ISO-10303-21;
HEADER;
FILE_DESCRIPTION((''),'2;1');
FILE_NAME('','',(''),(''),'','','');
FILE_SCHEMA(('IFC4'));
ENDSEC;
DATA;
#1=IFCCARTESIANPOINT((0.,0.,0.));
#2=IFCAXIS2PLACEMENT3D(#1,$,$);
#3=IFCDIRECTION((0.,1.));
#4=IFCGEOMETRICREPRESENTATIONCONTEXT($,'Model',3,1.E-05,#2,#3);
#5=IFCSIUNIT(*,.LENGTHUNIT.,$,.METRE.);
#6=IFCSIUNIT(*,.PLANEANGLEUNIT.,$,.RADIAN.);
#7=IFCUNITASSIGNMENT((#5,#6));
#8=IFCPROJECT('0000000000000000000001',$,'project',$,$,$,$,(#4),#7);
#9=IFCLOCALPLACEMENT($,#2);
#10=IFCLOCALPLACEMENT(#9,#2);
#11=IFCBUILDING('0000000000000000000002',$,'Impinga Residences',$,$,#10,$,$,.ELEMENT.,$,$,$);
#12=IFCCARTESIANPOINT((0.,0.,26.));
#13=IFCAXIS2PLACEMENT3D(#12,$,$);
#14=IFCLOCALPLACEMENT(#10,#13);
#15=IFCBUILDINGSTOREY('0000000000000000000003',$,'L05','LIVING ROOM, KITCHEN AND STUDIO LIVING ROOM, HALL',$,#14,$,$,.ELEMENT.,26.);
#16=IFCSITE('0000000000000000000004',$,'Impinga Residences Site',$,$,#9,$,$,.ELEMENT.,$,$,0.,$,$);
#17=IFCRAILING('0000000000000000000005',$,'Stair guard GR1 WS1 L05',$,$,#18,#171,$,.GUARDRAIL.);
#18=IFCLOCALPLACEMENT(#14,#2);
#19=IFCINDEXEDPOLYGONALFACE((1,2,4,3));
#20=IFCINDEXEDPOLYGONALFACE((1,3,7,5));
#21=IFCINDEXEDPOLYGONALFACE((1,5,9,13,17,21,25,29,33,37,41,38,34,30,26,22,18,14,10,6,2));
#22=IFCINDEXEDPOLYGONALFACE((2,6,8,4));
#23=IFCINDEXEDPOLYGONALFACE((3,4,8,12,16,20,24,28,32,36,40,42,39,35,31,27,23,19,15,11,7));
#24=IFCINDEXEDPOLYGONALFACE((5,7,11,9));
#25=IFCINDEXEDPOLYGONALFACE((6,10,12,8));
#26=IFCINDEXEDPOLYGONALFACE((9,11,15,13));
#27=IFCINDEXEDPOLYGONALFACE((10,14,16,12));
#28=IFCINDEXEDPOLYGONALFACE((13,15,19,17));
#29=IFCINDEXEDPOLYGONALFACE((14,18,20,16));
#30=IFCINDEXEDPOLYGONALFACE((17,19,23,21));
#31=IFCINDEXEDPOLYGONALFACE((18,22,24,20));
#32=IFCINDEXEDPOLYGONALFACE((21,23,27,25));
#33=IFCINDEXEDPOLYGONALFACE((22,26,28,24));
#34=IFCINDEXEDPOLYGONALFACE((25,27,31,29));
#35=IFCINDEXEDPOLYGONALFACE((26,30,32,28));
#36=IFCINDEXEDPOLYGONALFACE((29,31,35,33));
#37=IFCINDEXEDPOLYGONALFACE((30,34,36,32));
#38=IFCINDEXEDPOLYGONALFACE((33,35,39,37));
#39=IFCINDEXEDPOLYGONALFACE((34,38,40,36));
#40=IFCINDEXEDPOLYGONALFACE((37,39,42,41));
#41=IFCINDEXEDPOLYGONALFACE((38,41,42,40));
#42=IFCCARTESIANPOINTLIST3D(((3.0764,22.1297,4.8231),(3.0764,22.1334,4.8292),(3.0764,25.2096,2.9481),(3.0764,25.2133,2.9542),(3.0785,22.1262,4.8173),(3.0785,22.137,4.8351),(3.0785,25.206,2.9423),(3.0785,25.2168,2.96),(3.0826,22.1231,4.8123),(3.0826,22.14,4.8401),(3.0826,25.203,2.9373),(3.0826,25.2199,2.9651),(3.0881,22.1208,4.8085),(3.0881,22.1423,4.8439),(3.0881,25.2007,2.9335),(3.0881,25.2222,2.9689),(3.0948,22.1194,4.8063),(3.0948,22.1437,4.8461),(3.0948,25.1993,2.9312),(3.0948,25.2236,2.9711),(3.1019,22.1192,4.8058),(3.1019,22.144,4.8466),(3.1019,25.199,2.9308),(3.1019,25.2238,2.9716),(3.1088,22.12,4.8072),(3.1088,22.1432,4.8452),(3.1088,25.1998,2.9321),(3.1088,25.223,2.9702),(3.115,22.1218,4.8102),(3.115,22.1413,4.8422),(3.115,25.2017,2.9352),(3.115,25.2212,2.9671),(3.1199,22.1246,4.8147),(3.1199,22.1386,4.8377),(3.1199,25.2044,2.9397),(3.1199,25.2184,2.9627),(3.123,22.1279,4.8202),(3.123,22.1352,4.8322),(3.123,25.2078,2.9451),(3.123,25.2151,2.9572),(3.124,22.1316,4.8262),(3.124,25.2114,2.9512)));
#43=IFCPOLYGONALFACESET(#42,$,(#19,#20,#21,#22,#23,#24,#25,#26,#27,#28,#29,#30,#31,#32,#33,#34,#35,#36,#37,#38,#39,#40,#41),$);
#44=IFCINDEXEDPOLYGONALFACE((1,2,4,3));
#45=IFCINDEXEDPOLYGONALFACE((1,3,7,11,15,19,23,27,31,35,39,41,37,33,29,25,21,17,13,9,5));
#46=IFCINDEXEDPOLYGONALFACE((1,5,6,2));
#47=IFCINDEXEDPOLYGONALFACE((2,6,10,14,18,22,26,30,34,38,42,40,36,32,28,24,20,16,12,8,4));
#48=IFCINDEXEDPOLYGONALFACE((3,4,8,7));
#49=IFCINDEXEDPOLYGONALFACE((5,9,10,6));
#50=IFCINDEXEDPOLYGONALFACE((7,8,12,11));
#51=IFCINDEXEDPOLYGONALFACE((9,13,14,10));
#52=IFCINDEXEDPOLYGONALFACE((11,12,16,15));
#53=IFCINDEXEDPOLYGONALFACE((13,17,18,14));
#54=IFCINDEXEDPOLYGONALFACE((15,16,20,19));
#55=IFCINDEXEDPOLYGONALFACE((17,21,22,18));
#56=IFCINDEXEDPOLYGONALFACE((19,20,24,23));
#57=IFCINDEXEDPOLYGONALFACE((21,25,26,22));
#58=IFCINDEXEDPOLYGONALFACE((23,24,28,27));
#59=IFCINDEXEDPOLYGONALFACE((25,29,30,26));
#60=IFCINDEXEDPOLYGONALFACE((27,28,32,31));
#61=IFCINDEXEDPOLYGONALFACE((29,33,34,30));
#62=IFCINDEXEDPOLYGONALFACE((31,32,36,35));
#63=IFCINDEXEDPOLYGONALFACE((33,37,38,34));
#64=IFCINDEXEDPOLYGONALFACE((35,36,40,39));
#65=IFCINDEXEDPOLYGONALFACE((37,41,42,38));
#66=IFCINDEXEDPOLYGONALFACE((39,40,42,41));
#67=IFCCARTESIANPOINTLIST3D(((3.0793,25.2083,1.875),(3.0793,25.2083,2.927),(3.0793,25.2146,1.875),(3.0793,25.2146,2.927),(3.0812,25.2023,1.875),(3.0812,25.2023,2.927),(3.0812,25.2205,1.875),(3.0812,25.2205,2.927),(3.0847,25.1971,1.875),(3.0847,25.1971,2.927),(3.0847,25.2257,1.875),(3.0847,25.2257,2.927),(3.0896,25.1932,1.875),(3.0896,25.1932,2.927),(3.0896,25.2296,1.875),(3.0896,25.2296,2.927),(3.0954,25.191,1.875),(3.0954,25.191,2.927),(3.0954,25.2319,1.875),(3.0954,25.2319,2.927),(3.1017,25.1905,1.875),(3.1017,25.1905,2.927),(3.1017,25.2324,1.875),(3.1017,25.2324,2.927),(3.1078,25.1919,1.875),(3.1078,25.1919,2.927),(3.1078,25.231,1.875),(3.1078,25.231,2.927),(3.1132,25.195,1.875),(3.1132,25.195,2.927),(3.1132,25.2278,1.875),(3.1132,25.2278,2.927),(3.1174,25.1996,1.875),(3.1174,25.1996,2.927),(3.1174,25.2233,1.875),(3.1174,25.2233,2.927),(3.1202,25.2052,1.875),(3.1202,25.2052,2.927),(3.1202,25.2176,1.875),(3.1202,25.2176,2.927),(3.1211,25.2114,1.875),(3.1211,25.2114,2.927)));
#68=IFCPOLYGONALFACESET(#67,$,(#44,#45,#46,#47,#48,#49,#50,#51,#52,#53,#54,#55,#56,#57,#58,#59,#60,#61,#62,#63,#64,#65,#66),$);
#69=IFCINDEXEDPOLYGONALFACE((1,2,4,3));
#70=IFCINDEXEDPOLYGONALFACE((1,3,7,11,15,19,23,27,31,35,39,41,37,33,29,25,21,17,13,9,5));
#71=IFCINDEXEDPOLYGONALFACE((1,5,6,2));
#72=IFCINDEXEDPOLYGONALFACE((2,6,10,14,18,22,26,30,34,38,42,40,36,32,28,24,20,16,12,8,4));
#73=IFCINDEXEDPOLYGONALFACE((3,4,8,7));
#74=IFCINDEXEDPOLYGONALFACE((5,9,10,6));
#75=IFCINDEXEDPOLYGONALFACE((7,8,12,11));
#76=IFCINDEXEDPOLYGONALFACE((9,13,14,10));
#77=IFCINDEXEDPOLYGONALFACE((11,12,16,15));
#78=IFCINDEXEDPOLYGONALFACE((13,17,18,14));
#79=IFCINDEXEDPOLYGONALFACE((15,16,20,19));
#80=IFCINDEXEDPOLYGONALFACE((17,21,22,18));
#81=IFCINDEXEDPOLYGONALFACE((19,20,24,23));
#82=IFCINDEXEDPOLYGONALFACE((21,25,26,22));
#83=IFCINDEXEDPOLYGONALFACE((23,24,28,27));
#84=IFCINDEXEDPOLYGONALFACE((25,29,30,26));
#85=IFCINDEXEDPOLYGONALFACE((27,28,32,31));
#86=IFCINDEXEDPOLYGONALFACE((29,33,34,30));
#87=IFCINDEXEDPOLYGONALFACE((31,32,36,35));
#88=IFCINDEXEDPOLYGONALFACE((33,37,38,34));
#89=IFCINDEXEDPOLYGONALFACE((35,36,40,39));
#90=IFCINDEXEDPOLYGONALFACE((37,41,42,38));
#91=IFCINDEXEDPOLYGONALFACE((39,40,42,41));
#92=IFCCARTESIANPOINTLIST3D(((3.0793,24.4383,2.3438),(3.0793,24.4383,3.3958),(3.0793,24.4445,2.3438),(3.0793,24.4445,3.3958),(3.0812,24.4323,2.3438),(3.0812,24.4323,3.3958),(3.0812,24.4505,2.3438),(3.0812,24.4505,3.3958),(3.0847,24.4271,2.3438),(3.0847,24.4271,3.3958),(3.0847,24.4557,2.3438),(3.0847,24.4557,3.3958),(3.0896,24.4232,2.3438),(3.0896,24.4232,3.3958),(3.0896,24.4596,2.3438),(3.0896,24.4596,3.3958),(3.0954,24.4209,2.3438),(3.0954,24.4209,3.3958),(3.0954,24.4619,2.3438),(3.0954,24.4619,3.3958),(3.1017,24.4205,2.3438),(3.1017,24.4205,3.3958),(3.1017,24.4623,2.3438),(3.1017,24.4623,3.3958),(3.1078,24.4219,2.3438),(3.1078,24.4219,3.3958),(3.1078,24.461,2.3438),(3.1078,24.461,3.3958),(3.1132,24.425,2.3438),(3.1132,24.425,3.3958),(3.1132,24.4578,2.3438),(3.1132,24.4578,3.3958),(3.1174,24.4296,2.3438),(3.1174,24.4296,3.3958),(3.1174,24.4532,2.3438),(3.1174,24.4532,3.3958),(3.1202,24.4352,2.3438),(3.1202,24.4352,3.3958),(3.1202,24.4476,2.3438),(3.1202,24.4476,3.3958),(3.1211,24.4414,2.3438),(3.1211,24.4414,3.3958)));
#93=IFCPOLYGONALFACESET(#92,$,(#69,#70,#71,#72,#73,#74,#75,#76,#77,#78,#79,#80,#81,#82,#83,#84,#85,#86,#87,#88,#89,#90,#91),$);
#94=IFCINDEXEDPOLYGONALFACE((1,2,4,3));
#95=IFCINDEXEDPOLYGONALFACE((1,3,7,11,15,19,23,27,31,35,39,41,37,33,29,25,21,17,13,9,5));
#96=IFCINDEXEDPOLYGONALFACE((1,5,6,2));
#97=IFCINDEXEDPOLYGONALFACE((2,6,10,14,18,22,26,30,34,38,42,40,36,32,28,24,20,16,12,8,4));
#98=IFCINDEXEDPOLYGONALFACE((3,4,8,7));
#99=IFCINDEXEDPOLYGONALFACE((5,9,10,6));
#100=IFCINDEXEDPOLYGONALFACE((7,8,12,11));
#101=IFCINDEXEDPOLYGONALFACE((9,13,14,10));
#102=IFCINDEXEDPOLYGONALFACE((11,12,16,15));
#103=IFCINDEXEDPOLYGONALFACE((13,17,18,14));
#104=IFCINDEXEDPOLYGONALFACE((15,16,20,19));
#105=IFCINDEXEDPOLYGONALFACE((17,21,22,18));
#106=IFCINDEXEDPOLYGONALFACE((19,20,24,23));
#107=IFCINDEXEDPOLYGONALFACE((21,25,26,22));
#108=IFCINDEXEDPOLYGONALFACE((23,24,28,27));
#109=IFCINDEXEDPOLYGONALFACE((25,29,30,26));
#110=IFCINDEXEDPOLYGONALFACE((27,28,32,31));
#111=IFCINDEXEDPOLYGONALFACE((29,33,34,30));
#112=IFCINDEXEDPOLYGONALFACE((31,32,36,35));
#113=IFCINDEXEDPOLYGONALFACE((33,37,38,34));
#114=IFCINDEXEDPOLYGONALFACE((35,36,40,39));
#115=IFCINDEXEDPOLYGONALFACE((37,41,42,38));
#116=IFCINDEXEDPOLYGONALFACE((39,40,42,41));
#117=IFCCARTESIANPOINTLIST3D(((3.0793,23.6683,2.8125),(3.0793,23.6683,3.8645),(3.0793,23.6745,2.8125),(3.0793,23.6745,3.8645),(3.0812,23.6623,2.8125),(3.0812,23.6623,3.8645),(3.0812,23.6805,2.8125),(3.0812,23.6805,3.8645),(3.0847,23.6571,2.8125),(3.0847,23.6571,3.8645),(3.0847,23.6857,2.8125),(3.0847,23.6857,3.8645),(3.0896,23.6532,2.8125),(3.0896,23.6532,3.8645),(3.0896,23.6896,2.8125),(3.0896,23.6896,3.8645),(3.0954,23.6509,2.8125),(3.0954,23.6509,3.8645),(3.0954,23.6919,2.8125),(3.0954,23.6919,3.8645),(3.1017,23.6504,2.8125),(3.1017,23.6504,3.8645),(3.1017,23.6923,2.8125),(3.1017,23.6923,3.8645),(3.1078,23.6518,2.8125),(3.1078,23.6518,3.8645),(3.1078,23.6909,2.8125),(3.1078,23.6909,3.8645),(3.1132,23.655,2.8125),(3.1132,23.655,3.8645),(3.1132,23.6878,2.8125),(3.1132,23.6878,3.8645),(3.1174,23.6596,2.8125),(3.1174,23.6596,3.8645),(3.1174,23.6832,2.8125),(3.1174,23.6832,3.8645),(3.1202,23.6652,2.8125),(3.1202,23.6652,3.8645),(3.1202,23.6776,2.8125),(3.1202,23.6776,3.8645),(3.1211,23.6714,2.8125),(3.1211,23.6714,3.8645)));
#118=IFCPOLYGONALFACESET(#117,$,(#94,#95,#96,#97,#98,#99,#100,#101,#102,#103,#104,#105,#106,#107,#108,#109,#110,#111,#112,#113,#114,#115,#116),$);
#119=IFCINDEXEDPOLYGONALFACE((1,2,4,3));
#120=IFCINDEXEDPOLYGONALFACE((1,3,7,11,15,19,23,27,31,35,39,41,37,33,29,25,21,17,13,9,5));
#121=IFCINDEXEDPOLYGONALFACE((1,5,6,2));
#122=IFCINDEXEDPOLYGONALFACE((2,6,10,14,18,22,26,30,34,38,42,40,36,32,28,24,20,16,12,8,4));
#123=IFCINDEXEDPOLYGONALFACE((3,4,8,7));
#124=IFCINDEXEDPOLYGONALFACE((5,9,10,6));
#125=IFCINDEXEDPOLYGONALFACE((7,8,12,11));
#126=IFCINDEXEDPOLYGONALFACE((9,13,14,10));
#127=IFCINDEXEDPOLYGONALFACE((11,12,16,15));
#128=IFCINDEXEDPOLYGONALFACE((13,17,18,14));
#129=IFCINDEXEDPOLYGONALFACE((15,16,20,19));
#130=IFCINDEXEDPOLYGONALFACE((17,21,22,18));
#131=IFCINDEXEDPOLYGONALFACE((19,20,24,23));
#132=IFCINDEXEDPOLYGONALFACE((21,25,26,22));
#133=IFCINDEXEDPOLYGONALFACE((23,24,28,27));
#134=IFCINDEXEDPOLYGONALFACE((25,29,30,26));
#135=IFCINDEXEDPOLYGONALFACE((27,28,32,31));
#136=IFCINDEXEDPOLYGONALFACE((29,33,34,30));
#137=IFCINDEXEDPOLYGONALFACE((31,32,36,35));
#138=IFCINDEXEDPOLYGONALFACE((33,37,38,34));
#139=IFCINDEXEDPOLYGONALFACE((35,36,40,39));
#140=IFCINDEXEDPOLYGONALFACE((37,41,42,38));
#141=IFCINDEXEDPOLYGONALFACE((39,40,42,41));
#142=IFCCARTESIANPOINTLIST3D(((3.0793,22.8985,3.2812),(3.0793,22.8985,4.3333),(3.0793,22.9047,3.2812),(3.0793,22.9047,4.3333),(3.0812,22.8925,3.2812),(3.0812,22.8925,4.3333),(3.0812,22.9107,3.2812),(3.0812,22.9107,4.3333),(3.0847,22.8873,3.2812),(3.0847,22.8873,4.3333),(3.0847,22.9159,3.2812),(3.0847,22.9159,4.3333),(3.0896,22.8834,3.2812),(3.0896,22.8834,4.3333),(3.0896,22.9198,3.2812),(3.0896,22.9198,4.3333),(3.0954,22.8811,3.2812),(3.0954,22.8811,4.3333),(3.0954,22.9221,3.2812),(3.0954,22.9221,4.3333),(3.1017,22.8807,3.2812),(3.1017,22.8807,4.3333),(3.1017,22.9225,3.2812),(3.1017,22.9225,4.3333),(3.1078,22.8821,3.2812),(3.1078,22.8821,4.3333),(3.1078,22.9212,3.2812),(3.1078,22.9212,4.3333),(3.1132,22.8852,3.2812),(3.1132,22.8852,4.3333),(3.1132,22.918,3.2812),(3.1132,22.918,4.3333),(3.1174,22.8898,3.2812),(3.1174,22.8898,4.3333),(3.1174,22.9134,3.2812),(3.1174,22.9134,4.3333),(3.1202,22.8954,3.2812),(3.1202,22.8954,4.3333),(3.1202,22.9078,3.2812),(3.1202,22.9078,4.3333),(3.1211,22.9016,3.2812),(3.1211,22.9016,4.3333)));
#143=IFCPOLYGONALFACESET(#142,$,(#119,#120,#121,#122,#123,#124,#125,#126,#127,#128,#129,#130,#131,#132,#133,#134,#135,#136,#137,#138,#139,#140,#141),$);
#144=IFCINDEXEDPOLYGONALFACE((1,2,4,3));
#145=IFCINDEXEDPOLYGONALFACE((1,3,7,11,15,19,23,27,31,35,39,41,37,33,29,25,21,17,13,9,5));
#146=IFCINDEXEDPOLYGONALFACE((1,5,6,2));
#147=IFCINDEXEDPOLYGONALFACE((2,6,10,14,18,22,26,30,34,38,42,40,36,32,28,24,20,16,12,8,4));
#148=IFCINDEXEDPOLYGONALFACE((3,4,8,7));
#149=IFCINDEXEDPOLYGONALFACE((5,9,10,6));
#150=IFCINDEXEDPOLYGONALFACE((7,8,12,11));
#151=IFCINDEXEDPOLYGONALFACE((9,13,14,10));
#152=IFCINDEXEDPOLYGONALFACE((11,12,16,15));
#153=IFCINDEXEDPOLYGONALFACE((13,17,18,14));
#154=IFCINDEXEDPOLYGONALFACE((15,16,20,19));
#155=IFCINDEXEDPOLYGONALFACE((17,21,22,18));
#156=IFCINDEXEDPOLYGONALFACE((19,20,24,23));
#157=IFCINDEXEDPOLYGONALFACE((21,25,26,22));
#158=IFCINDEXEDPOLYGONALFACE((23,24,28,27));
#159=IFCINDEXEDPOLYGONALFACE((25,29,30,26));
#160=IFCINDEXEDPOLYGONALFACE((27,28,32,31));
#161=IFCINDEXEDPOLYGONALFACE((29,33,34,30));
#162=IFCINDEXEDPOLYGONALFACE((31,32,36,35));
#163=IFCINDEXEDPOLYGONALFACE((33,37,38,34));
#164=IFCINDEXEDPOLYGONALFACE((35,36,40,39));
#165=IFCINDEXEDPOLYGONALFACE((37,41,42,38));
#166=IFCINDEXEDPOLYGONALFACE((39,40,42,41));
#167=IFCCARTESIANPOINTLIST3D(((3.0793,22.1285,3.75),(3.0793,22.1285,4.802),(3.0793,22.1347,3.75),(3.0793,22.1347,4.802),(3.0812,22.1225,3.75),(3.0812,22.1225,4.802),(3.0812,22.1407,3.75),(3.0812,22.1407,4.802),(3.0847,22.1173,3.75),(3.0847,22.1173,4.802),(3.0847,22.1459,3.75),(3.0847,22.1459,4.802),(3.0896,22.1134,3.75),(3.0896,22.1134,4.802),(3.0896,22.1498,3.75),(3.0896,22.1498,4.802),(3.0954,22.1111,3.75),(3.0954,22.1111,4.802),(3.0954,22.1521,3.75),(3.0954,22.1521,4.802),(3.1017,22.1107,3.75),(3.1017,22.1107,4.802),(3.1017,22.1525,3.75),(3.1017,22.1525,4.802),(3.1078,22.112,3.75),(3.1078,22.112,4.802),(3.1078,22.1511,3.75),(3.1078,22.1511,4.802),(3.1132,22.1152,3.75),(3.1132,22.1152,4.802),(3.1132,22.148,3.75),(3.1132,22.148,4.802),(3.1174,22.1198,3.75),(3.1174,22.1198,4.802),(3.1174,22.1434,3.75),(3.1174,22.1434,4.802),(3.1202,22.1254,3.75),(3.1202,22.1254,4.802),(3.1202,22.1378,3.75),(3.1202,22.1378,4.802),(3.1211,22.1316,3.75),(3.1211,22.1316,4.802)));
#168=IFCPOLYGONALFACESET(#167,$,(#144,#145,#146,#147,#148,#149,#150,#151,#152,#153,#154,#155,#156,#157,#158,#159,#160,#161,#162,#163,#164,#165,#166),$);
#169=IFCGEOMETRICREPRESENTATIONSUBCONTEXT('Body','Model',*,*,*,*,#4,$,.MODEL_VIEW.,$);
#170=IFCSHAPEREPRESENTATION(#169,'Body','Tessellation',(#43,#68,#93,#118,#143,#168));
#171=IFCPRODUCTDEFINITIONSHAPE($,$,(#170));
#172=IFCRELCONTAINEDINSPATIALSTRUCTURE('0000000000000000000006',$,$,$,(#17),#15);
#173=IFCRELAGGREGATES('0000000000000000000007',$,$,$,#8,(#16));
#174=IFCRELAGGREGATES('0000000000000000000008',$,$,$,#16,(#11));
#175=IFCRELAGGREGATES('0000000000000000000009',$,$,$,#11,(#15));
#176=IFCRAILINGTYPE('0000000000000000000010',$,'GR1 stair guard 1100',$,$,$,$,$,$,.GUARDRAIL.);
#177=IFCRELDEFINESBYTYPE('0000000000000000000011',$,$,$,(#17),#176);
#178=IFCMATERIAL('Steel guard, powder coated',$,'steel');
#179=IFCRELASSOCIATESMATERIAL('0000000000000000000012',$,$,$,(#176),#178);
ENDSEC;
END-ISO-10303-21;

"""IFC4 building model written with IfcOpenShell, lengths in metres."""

from ifc_helpers import new_model, si_unit, direction, frame, origin, origin_2d, place, context, subcontext, project, spatial, circle, extrude, material, type_object, element, save


model = new_model("IFC4")

# Units and contexts
model_context = context("Model", 3, precision=1e-05, world=origin(), true_north=direction((0.0, 1.0)))
body_context = subcontext(model_context, "Body", "Model", "MODEL_VIEW")
ifc_project = project(units=[si_unit("LENGTHUNIT", "METRE"), si_unit("PLANEANGLEUNIT", "RADIAN")], contexts=[model_context])

# Site, building, storey
site_placement = place(None, origin())
site = spatial("IfcSite", under=ifc_project, at=site_placement, Name="Impinga Residences Site", CompositionType="ELEMENT", RefElevation=0.0)
building_placement = place(site_placement, origin())
building = spatial("IfcBuilding", under=site, at=building_placement, Name="Impinga Residences", CompositionType="ELEMENT")
storey_placement = place(building_placement, frame((0.0, 0.0, 26.0)))
storey = spatial("IfcBuildingStorey", under=building, at=storey_placement, Name="L05", Description="LIVING ROOM, KITCHEN AND STUDIO LIVING ROOM, HALL", CompositionType="ELEMENT", Elevation=26.0)

# Railing
ifc_material_1 = material(Name="Steel guard, powder coated", Category="steel")
railing_type_1 = type_object("IfcRailingType", Name="GR1 stair guard 1100", PredefinedType="GUARDRAIL", material=ifc_material_1)
railing_1_placement = place(storey_placement, frame((3.1001, 25.2114, 1.875)))
element("IfcRailing", 1, at=railing_1_placement, inside=storey, type_object=railing_type_1, Name="Stair guard GR1 WS1 L05", PredefinedType="GUARDRAIL", context=body_context, shape_type="SweptSolid", body=[
    extrude(circle(Radius=0.0239, at=origin_2d()), frame((0.0, 0.0, 1.0762), z_axis=(0.0, -0.854159, 0.520011), x_axis=(1.0, 0.0, 0.0)), (0.0, 0.0, 1.0), 3.6057),
    extrude(circle(Radius=0.021, at=origin_2d()), origin(), (0.0, 0.0, 1.0), 1.052),
    extrude(circle(Radius=0.021, at=origin_2d()), frame((0.0, -0.77, 0.4688)), (0.0, 0.0, 1.0), 1.052),
    extrude(circle(Radius=0.021, at=origin_2d()), frame((0.0, -1.54, 0.9375)), (0.0, 0.0, 1.0), 1.052),
    extrude(circle(Radius=0.021, at=origin_2d()), frame((0.0, -2.3098, 1.4062)), (0.0, 0.0, 1.0), 1.052),
    extrude(circle(Radius=0.021, at=origin_2d()), frame((0.0, -3.0798, 1.875)), (0.0, 0.0, 1.0), 1.052),
])

save(model, "model.ifc")
